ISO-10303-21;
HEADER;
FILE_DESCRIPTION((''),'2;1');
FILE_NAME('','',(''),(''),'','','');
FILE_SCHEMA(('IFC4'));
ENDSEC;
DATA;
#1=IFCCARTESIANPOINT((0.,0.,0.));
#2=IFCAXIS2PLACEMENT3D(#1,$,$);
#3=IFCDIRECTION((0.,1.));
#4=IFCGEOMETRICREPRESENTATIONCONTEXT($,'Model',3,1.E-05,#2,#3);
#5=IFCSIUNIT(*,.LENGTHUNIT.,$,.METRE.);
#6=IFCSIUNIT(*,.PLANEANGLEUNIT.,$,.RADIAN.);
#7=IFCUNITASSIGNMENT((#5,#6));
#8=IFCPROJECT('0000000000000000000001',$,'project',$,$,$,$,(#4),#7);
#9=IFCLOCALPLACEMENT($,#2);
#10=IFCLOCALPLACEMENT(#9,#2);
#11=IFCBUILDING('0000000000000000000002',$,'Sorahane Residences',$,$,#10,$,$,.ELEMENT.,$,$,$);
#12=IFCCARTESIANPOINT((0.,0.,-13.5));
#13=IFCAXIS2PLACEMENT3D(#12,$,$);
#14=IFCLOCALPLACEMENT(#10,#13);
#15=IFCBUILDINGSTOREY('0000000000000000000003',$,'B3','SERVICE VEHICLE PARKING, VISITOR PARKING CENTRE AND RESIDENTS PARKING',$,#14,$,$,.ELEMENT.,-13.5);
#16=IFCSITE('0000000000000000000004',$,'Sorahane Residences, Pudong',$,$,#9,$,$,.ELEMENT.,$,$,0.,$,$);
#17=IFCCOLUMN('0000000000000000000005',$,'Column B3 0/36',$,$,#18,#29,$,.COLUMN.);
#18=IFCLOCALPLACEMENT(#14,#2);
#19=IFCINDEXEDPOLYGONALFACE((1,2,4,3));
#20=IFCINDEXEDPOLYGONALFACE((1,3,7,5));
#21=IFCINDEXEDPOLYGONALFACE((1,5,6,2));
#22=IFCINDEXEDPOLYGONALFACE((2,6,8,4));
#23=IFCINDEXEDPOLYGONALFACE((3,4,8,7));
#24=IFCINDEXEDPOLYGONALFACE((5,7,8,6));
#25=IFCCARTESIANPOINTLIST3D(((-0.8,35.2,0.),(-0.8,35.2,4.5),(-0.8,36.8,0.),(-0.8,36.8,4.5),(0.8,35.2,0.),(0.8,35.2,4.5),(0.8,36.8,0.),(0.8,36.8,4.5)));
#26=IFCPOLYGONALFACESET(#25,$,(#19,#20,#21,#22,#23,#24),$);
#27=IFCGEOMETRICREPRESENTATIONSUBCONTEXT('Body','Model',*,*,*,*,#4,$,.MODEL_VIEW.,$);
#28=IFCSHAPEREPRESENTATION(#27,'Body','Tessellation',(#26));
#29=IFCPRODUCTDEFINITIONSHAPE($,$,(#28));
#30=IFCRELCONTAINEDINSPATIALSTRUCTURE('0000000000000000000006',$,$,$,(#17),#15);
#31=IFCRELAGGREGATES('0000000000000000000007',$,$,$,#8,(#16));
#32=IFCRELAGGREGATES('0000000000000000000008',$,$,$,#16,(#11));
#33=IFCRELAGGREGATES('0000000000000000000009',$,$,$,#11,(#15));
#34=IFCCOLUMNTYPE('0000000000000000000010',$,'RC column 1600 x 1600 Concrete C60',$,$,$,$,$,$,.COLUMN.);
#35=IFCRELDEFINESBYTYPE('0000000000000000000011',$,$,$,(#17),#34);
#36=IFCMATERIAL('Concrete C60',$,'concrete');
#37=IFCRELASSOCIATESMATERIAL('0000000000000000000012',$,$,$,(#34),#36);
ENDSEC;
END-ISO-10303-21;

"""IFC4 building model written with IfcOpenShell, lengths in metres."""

from ifc_helpers import new_model, si_unit, direction, frame, origin, origin_2d, place, context, subcontext, project, spatial, rectangle, extrude, material, material_profile, profile_set, type_object, element, save


model = new_model("IFC4")

# Units and contexts
model_context = context("Model", 3, precision=1e-05, world=origin(), true_north=direction((0.0, 1.0)))
body_context = subcontext(model_context, "Body", "Model", "MODEL_VIEW")
ifc_project = project(units=[si_unit("LENGTHUNIT", "METRE"), si_unit("PLANEANGLEUNIT", "RADIAN")], contexts=[model_context])

# Site, building, storey
site_placement = place(None, origin())
site = spatial("IfcSite", under=ifc_project, at=site_placement, Name="Sorahane Residences, Pudong", CompositionType="ELEMENT", RefElevation=0.0)
building_placement = place(site_placement, origin())
building = spatial("IfcBuilding", under=site, at=building_placement, Name="Sorahane Residences", CompositionType="ELEMENT")
storey_placement = place(building_placement, frame((0.0, 0.0, -13.5)))
storey = spatial("IfcBuildingStorey", under=building, at=storey_placement, Name="B3", Description="SERVICE VEHICLE PARKING, VISITOR PARKING CENTRE AND RESIDENTS PARKING", CompositionType="ELEMENT", Elevation=-13.5)

# Column
ifc_material_1 = material(Name="Concrete C60", Category="concrete")
ifc_material_profile_1 = material_profile(ifc_material_1, rectangle(XDim=1.6001, YDim=1.6001, at=origin_2d()), Name="1600x1600")
ifc_profile_set_1 = profile_set([ifc_material_profile_1], Name="Concrete C60")
column_type_1 = type_object("IfcColumnType", Name="RC column 1600 x 1600 Concrete C60", PredefinedType="COLUMN", material=ifc_profile_set_1)
column_1_placement = place(storey_placement, frame((0.0, 36.0, 0.0), z_axis=(0.0, 0.0, 1.0), x_axis=(1.0, 0.0, 0.0)))
element("IfcColumn", 1, at=column_1_placement, inside=storey, type_object=column_type_1, Name="Column B3 0/36", PredefinedType="COLUMN", context=body_context, shape_type="SweptSolid", body=[
    extrude(rectangle(XDim=1.6001, YDim=1.6001, at=origin_2d()), origin(), (0.0, 0.0, 1.0), 4.5),
])

save(model, "model.ifc")
